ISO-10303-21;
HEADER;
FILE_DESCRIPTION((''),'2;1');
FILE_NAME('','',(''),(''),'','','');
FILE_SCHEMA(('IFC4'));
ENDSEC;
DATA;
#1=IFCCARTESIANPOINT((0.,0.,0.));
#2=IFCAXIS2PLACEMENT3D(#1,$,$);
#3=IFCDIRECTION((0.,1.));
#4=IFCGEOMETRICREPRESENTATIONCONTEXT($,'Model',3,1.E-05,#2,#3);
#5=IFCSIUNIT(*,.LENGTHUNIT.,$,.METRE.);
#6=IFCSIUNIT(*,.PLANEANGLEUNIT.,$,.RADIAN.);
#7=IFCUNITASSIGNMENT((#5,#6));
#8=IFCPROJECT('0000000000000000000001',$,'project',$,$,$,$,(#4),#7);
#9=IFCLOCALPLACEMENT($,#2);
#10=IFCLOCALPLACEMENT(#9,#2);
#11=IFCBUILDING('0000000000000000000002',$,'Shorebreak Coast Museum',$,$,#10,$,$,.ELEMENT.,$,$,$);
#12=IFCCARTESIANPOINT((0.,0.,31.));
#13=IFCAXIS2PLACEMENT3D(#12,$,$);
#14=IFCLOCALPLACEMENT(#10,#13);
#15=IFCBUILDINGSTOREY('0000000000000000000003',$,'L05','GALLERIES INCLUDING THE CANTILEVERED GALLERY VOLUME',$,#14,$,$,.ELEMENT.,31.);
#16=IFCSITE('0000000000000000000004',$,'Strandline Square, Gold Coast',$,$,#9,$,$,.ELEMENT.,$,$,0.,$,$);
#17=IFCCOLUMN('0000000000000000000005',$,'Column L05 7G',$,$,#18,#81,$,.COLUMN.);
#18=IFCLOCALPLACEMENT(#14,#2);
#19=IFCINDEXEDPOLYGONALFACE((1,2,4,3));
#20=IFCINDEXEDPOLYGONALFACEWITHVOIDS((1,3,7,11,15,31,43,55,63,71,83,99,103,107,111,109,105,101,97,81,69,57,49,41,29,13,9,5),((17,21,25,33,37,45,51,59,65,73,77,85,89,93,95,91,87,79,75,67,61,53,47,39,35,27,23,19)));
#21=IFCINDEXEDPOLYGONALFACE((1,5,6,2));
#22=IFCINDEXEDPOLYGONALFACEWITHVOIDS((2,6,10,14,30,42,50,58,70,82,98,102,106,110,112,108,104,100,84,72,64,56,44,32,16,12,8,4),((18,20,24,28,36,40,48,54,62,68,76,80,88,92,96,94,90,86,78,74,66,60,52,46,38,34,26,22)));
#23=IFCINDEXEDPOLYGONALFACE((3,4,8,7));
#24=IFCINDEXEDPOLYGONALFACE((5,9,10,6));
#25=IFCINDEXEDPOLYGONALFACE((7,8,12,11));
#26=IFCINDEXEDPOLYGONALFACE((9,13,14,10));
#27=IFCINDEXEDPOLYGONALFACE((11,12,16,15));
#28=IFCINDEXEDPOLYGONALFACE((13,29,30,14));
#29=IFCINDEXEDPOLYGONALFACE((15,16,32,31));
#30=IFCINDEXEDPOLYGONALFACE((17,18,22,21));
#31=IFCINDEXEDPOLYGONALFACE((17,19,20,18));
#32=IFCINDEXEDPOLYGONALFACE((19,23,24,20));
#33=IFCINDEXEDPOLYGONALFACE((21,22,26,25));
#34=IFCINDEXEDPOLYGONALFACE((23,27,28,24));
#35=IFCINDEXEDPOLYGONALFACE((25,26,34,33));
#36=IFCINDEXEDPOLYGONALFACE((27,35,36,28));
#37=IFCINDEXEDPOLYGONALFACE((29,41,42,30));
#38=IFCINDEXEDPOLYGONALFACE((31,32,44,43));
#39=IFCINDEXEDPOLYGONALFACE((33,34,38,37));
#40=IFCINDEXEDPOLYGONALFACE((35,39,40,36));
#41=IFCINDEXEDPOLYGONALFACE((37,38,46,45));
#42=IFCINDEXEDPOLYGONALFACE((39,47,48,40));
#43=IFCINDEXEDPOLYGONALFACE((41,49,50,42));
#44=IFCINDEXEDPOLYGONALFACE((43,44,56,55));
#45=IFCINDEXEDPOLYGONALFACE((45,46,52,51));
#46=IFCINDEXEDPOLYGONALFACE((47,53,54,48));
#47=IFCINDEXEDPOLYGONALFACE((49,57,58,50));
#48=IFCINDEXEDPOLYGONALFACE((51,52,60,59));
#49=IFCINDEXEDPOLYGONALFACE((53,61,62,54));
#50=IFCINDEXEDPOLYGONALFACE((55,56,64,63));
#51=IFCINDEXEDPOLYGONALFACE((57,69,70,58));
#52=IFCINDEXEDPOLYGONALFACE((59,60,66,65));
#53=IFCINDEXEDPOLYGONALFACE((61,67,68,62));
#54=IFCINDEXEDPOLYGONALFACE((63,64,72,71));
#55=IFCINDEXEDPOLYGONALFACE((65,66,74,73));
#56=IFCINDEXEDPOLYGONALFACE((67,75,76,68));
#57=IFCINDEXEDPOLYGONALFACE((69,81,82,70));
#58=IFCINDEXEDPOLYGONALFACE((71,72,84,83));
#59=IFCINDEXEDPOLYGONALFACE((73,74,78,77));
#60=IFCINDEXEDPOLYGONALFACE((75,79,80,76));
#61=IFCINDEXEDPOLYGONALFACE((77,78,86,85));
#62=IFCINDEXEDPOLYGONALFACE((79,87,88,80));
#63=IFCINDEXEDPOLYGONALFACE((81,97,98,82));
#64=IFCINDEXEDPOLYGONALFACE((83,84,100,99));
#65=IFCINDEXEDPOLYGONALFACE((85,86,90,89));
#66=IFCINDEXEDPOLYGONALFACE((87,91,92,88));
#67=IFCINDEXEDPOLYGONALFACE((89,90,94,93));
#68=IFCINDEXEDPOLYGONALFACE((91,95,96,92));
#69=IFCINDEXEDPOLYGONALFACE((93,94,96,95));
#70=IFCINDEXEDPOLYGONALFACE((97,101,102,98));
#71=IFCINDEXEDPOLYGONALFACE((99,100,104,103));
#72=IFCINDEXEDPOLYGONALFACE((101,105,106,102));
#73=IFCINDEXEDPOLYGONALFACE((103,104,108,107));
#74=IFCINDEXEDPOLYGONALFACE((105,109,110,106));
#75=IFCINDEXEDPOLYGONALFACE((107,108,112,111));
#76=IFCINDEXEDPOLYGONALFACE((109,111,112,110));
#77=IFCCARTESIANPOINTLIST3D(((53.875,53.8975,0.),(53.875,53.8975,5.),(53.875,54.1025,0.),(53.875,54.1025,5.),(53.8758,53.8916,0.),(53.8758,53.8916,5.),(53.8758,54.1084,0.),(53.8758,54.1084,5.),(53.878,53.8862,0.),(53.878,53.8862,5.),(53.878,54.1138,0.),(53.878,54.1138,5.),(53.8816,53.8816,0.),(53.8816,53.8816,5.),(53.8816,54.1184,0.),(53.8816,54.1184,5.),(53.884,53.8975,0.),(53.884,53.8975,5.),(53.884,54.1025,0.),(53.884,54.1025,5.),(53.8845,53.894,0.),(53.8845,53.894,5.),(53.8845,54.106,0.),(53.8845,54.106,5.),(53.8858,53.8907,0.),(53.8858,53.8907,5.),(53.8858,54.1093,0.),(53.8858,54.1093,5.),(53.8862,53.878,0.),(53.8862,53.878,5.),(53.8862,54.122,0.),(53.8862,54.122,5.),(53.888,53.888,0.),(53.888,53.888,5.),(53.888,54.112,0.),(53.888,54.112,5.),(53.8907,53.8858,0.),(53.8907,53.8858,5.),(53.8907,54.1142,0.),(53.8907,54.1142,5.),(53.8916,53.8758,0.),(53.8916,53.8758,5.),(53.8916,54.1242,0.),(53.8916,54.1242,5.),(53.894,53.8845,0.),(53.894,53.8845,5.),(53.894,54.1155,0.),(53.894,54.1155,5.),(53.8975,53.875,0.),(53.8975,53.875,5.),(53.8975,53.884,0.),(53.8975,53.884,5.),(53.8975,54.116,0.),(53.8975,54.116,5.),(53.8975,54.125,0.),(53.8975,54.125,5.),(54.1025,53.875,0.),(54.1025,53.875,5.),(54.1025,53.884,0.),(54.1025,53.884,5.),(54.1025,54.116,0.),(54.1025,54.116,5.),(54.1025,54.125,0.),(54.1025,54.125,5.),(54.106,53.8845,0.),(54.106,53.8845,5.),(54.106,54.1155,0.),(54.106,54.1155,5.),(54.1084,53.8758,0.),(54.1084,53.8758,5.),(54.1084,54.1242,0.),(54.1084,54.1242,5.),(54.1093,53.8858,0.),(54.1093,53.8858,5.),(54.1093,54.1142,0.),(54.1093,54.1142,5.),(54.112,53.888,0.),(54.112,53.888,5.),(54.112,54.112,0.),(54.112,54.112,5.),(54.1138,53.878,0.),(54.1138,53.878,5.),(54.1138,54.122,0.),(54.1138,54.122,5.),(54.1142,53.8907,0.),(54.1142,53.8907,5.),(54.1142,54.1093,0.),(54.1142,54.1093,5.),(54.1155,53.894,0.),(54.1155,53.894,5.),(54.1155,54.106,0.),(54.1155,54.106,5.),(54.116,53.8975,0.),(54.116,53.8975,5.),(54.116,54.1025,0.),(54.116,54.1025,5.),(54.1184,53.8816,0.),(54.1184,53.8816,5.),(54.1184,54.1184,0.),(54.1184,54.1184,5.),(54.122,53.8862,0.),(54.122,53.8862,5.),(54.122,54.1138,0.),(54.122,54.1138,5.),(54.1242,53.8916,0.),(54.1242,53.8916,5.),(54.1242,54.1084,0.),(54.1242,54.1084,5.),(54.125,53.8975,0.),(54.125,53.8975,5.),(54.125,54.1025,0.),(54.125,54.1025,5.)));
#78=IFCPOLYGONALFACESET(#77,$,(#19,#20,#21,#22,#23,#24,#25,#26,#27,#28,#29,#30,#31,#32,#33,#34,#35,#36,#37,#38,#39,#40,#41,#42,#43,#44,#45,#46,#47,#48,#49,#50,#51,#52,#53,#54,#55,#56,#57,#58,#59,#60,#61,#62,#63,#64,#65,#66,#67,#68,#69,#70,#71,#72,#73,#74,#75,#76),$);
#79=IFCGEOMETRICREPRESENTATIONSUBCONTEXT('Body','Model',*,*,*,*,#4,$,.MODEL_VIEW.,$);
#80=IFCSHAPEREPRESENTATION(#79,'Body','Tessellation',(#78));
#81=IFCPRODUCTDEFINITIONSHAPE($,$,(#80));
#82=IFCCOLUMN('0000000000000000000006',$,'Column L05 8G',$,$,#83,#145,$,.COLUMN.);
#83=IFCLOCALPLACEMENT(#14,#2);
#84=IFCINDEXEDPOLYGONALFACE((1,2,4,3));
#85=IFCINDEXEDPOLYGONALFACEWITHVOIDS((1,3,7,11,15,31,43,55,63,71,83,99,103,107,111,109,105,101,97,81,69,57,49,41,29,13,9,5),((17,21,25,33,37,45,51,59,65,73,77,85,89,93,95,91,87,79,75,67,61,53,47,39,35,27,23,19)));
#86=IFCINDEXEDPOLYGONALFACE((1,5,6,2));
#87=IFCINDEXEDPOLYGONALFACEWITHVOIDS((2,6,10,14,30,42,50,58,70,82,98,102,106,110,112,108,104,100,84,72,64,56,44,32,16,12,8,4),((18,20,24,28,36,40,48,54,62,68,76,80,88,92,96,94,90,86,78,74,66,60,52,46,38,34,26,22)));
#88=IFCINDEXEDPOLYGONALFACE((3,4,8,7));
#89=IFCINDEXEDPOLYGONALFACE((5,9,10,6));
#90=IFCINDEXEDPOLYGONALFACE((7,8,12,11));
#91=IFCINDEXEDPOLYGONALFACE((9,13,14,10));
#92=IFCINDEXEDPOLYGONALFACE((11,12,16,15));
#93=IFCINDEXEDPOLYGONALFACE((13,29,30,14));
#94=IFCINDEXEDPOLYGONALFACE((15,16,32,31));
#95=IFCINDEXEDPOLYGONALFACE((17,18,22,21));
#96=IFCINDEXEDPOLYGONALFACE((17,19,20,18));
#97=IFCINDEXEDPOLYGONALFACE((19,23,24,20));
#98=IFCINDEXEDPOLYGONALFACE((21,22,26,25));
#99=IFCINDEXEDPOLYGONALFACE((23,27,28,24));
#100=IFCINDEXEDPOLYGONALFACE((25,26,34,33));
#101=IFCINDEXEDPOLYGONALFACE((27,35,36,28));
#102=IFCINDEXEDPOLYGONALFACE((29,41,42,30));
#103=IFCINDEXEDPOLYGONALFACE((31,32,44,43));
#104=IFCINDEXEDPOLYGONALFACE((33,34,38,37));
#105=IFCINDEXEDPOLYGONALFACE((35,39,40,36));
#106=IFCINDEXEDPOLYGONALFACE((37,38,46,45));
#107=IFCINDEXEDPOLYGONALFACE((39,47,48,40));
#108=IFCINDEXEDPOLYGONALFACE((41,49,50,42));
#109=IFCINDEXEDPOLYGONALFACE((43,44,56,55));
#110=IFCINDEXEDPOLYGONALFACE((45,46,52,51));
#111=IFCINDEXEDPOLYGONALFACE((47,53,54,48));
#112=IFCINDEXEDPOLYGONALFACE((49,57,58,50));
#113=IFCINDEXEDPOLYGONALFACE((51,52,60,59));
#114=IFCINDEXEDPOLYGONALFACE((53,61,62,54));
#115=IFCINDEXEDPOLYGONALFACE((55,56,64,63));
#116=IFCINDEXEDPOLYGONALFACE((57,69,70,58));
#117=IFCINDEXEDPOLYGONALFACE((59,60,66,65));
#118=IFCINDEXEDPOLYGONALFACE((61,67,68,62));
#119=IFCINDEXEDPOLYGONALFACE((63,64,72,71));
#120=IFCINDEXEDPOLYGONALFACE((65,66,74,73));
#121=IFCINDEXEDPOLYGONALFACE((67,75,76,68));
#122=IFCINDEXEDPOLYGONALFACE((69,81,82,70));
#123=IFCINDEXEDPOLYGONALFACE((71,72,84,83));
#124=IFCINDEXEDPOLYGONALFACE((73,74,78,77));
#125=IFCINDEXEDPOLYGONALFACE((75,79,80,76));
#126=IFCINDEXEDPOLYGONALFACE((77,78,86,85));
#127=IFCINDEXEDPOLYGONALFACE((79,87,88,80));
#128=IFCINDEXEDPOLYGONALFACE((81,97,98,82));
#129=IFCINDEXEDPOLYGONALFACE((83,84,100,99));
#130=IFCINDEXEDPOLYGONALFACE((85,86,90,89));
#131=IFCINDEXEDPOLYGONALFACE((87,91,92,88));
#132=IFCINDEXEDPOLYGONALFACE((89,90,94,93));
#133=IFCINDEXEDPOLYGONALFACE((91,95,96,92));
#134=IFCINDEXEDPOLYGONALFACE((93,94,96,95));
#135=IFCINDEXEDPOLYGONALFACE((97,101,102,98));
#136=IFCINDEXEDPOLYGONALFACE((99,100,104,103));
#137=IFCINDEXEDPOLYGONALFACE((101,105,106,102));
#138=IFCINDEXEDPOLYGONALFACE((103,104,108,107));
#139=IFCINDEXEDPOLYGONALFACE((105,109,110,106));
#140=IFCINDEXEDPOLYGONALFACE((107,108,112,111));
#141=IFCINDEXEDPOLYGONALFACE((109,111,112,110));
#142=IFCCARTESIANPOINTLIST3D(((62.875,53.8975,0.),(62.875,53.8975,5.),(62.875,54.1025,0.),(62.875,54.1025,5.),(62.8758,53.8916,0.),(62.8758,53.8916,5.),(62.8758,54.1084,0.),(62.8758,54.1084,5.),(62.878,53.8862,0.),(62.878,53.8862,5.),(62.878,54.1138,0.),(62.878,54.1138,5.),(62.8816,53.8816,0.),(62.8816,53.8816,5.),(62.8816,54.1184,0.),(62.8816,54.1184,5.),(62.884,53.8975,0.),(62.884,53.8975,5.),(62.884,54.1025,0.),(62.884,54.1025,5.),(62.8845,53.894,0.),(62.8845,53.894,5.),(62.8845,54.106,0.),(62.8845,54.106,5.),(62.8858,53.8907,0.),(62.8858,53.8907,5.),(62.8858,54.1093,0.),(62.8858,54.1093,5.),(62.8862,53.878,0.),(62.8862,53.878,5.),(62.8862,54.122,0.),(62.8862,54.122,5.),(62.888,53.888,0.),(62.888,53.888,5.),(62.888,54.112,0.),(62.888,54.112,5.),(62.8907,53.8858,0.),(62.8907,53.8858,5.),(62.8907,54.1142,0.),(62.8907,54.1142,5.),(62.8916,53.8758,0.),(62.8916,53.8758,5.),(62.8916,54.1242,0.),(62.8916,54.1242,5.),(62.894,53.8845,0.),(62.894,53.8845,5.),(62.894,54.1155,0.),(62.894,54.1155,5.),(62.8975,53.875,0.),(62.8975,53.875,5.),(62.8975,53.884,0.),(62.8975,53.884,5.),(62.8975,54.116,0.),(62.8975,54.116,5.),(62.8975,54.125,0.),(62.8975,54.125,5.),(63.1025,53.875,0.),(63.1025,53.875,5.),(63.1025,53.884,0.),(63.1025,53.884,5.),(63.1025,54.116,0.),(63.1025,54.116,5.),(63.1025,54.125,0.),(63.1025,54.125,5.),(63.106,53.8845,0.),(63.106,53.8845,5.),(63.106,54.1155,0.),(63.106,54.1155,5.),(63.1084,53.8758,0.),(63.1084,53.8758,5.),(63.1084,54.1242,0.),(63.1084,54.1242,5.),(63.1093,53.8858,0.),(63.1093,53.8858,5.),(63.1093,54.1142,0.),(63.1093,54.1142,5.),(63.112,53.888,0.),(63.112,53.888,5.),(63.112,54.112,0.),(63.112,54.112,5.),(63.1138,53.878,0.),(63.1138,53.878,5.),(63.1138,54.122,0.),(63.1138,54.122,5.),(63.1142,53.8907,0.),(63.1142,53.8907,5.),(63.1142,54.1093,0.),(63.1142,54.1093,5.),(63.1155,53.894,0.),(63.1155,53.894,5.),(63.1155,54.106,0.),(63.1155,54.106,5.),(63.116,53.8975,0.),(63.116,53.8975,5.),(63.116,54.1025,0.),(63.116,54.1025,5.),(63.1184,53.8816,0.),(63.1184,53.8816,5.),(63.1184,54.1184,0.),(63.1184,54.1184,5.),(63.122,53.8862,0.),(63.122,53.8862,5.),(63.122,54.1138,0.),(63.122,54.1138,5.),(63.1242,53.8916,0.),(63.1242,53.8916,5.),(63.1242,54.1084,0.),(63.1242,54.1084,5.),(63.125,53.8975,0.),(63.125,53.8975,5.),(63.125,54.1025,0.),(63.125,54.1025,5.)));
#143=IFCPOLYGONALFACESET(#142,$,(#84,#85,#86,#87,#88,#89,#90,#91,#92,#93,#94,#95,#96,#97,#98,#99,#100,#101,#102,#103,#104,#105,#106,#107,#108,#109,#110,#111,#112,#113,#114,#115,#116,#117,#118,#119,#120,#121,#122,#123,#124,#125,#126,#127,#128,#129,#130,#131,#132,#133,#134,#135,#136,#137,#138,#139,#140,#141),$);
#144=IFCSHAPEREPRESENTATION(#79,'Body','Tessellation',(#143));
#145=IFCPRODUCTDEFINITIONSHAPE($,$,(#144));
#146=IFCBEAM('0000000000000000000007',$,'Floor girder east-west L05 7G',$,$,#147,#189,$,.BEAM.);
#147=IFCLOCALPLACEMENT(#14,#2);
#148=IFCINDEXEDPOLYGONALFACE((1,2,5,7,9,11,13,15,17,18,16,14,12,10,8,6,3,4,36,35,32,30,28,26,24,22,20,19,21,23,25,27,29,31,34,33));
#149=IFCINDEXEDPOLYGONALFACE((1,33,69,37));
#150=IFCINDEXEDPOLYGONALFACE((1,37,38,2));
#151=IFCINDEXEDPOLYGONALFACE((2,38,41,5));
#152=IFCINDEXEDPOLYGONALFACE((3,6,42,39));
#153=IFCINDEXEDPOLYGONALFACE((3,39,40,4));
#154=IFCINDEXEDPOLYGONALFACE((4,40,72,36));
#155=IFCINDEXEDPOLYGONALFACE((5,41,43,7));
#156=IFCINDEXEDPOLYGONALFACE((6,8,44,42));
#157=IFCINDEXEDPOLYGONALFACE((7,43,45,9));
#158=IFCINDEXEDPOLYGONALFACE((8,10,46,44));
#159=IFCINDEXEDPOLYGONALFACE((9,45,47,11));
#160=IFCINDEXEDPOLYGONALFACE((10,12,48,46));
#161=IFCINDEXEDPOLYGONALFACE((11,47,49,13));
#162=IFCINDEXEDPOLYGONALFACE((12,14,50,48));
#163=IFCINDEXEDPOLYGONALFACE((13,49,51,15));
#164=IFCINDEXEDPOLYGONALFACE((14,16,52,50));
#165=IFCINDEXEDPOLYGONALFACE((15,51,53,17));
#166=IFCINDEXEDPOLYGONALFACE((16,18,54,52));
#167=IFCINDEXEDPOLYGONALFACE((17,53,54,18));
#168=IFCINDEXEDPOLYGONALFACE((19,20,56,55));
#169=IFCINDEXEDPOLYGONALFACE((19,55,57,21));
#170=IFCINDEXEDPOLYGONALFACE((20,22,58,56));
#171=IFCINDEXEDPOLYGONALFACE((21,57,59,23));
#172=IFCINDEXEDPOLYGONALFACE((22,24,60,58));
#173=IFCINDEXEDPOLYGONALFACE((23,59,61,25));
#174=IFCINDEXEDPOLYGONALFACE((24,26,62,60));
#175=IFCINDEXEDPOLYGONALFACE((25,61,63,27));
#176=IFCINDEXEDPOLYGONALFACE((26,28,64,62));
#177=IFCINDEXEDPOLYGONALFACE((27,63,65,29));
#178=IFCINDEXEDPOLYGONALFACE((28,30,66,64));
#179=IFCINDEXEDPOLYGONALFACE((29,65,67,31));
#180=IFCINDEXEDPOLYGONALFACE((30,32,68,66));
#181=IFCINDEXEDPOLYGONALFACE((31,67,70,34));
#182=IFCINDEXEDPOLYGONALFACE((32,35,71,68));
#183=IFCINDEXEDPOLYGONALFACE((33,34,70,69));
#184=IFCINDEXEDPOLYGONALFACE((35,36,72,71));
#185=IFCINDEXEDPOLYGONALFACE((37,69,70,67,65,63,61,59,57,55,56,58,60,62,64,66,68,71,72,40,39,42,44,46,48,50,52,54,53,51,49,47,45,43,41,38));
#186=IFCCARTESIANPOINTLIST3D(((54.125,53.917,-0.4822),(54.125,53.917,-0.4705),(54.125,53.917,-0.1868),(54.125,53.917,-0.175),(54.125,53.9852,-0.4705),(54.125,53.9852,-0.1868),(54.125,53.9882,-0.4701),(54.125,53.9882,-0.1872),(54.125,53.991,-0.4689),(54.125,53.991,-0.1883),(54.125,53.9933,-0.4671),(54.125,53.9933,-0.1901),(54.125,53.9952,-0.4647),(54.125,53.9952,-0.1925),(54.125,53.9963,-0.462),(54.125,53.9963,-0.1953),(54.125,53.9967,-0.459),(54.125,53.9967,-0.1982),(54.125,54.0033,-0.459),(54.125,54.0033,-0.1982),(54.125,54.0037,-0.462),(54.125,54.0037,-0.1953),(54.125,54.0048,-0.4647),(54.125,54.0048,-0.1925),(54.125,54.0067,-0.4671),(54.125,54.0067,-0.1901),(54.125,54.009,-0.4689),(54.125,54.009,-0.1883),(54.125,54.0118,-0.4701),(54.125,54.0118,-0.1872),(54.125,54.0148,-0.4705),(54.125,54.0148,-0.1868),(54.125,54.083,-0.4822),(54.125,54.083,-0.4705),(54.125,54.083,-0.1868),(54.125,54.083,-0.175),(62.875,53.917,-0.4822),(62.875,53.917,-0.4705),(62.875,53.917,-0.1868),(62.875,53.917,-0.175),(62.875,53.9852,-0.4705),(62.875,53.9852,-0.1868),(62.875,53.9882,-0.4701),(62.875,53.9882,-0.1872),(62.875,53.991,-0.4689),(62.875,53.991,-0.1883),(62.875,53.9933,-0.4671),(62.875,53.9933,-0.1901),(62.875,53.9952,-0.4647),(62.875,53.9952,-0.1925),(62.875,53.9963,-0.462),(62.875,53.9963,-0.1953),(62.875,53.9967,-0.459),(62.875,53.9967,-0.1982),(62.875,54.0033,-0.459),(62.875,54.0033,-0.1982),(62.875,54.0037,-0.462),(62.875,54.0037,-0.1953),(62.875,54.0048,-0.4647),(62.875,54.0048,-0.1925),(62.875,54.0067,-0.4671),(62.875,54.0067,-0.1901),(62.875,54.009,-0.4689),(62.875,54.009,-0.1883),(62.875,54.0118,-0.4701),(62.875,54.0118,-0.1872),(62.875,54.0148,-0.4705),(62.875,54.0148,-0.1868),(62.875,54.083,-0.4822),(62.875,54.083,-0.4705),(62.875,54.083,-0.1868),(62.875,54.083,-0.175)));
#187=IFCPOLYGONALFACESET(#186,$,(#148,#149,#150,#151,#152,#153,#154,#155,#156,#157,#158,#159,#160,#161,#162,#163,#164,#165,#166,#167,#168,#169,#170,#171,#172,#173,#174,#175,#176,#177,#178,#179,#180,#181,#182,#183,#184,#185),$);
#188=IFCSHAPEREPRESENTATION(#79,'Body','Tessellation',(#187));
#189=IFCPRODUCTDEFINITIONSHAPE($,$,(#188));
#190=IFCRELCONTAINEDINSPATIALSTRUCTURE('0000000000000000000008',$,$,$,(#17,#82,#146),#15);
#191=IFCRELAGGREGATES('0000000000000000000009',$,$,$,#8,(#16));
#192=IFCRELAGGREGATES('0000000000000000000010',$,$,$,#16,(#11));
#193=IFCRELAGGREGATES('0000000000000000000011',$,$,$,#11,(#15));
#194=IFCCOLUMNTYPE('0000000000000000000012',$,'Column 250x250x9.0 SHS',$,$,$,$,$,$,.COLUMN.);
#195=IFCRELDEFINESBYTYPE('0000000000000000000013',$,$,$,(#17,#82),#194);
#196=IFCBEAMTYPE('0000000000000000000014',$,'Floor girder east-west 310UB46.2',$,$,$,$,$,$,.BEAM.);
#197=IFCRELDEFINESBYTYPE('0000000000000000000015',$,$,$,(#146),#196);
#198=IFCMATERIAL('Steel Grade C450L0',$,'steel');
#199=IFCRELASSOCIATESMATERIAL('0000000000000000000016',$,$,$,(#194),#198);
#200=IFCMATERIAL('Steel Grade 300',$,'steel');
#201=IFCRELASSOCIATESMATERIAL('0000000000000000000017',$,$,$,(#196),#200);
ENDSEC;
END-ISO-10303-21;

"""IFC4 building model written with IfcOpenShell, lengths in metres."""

from ifc_helpers import new_model, si_unit, direction, frame, origin, origin_2d, place, context, subcontext, project, spatial, hollow_rectangle, i_section, extrude, material, material_profile, profile_set, type_object, element, save


model = new_model("IFC4")

# Units and contexts
model_context = context("Model", 3, precision=1e-05, world=origin(), true_north=direction((0.0, 1.0)))
body_context = subcontext(model_context, "Body", "Model", "MODEL_VIEW")
ifc_project = project(units=[si_unit("LENGTHUNIT", "METRE"), si_unit("PLANEANGLEUNIT", "RADIAN")], contexts=[model_context])

# Site, building, storey
site_placement = place(None, origin())
site = spatial("IfcSite", under=ifc_project, at=site_placement, Name="Strandline Square, Gold Coast", CompositionType="ELEMENT", RefElevation=0.0)
building_placement = place(site_placement, origin())
building = spatial("IfcBuilding", under=site, at=building_placement, Name="Shorebreak Coast Museum", CompositionType="ELEMENT")
storey_placement = place(building_placement, frame((0.0, 0.0, 31.0)))
storey = spatial("IfcBuildingStorey", under=building, at=storey_placement, Name="L05", Description="GALLERIES INCLUDING THE CANTILEVERED GALLERY VOLUME", CompositionType="ELEMENT", Elevation=31.0)

# Columns
ifc_material_1 = material(Name="Steel Grade C450L0", Category="steel")
ifc_material_profile_1 = material_profile(ifc_material_1, hollow_rectangle(XDim=0.25, YDim=0.25, WallThickness=0.009, InnerFilletRadius=0.0134, OuterFilletRadius=0.0225, at=origin_2d()), Name="250x250x9.0 SHS")
ifc_profile_set_1 = profile_set([ifc_material_profile_1], Name="Steel Grade C450L0")
column_type = type_object("IfcColumnType", Name="Column 250x250x9.0 SHS", PredefinedType="COLUMN", material=ifc_profile_set_1)
for number, where, z_axis, x_axis, name in (
    (1, (54.0, 54.0, 0.0), (0.0, 0.0, 1.0), (1.0, 0.0, 0.0), "Column L05 7G"),
    (2, (63.0, 54.0, 0.0), (0.0, 0.0, 1.0), (1.0, 0.0, 0.0), "Column L05 8G"),
):
    element("IfcColumn", number, at=place(storey_placement, frame(where, z_axis=z_axis, x_axis=x_axis)), inside=storey, type_object=column_type, Name=name, PredefinedType="COLUMN", context=body_context, shape_type="SweptSolid", body=[
        extrude(hollow_rectangle(XDim=0.25, YDim=0.25, WallThickness=0.009, InnerFilletRadius=0.0134, OuterFilletRadius=0.0225, at=origin_2d()), origin(), (0.0, 0.0, 1.0), 5.0),
    ])

# Beam
ifc_material_2 = material(Name="Steel Grade 300", Category="steel")
ifc_material_profile_2 = material_profile(ifc_material_2, i_section(OverallWidth=0.166, OverallDepth=0.3071, WebThickness=0.0066, FlangeThickness=0.0117, FilletRadius=0.0115, at=origin_2d()), Name="310UB46.2")
ifc_profile_set_2 = profile_set([ifc_material_profile_2], Name="Steel Grade 300")
beam_type_1 = type_object("IfcBeamType", Name="Floor girder east-west 310UB46.2", PredefinedType="BEAM", material=ifc_profile_set_2)
for number, where, z_axis, x_axis, name in (
    (3, (54.125, 54.0, -0.3286), (1.0, 0.0, 0.0), (0.0, 1.0, 0.0), "Floor girder east-west L05 7G"),
):
    element("IfcBeam", number, at=place(storey_placement, frame(where, z_axis=z_axis, x_axis=x_axis)), inside=storey, type_object=beam_type_1, Name=name, PredefinedType="BEAM", context=body_context, shape_type="SweptSolid", body=[
        extrude(i_section(OverallWidth=0.166, OverallDepth=0.3071, WebThickness=0.0066, FlangeThickness=0.0117, FilletRadius=0.0115, at=origin_2d()), origin(), (0.0, 0.0, 1.0), 8.75),
    ])

save(model, "model.ifc")
